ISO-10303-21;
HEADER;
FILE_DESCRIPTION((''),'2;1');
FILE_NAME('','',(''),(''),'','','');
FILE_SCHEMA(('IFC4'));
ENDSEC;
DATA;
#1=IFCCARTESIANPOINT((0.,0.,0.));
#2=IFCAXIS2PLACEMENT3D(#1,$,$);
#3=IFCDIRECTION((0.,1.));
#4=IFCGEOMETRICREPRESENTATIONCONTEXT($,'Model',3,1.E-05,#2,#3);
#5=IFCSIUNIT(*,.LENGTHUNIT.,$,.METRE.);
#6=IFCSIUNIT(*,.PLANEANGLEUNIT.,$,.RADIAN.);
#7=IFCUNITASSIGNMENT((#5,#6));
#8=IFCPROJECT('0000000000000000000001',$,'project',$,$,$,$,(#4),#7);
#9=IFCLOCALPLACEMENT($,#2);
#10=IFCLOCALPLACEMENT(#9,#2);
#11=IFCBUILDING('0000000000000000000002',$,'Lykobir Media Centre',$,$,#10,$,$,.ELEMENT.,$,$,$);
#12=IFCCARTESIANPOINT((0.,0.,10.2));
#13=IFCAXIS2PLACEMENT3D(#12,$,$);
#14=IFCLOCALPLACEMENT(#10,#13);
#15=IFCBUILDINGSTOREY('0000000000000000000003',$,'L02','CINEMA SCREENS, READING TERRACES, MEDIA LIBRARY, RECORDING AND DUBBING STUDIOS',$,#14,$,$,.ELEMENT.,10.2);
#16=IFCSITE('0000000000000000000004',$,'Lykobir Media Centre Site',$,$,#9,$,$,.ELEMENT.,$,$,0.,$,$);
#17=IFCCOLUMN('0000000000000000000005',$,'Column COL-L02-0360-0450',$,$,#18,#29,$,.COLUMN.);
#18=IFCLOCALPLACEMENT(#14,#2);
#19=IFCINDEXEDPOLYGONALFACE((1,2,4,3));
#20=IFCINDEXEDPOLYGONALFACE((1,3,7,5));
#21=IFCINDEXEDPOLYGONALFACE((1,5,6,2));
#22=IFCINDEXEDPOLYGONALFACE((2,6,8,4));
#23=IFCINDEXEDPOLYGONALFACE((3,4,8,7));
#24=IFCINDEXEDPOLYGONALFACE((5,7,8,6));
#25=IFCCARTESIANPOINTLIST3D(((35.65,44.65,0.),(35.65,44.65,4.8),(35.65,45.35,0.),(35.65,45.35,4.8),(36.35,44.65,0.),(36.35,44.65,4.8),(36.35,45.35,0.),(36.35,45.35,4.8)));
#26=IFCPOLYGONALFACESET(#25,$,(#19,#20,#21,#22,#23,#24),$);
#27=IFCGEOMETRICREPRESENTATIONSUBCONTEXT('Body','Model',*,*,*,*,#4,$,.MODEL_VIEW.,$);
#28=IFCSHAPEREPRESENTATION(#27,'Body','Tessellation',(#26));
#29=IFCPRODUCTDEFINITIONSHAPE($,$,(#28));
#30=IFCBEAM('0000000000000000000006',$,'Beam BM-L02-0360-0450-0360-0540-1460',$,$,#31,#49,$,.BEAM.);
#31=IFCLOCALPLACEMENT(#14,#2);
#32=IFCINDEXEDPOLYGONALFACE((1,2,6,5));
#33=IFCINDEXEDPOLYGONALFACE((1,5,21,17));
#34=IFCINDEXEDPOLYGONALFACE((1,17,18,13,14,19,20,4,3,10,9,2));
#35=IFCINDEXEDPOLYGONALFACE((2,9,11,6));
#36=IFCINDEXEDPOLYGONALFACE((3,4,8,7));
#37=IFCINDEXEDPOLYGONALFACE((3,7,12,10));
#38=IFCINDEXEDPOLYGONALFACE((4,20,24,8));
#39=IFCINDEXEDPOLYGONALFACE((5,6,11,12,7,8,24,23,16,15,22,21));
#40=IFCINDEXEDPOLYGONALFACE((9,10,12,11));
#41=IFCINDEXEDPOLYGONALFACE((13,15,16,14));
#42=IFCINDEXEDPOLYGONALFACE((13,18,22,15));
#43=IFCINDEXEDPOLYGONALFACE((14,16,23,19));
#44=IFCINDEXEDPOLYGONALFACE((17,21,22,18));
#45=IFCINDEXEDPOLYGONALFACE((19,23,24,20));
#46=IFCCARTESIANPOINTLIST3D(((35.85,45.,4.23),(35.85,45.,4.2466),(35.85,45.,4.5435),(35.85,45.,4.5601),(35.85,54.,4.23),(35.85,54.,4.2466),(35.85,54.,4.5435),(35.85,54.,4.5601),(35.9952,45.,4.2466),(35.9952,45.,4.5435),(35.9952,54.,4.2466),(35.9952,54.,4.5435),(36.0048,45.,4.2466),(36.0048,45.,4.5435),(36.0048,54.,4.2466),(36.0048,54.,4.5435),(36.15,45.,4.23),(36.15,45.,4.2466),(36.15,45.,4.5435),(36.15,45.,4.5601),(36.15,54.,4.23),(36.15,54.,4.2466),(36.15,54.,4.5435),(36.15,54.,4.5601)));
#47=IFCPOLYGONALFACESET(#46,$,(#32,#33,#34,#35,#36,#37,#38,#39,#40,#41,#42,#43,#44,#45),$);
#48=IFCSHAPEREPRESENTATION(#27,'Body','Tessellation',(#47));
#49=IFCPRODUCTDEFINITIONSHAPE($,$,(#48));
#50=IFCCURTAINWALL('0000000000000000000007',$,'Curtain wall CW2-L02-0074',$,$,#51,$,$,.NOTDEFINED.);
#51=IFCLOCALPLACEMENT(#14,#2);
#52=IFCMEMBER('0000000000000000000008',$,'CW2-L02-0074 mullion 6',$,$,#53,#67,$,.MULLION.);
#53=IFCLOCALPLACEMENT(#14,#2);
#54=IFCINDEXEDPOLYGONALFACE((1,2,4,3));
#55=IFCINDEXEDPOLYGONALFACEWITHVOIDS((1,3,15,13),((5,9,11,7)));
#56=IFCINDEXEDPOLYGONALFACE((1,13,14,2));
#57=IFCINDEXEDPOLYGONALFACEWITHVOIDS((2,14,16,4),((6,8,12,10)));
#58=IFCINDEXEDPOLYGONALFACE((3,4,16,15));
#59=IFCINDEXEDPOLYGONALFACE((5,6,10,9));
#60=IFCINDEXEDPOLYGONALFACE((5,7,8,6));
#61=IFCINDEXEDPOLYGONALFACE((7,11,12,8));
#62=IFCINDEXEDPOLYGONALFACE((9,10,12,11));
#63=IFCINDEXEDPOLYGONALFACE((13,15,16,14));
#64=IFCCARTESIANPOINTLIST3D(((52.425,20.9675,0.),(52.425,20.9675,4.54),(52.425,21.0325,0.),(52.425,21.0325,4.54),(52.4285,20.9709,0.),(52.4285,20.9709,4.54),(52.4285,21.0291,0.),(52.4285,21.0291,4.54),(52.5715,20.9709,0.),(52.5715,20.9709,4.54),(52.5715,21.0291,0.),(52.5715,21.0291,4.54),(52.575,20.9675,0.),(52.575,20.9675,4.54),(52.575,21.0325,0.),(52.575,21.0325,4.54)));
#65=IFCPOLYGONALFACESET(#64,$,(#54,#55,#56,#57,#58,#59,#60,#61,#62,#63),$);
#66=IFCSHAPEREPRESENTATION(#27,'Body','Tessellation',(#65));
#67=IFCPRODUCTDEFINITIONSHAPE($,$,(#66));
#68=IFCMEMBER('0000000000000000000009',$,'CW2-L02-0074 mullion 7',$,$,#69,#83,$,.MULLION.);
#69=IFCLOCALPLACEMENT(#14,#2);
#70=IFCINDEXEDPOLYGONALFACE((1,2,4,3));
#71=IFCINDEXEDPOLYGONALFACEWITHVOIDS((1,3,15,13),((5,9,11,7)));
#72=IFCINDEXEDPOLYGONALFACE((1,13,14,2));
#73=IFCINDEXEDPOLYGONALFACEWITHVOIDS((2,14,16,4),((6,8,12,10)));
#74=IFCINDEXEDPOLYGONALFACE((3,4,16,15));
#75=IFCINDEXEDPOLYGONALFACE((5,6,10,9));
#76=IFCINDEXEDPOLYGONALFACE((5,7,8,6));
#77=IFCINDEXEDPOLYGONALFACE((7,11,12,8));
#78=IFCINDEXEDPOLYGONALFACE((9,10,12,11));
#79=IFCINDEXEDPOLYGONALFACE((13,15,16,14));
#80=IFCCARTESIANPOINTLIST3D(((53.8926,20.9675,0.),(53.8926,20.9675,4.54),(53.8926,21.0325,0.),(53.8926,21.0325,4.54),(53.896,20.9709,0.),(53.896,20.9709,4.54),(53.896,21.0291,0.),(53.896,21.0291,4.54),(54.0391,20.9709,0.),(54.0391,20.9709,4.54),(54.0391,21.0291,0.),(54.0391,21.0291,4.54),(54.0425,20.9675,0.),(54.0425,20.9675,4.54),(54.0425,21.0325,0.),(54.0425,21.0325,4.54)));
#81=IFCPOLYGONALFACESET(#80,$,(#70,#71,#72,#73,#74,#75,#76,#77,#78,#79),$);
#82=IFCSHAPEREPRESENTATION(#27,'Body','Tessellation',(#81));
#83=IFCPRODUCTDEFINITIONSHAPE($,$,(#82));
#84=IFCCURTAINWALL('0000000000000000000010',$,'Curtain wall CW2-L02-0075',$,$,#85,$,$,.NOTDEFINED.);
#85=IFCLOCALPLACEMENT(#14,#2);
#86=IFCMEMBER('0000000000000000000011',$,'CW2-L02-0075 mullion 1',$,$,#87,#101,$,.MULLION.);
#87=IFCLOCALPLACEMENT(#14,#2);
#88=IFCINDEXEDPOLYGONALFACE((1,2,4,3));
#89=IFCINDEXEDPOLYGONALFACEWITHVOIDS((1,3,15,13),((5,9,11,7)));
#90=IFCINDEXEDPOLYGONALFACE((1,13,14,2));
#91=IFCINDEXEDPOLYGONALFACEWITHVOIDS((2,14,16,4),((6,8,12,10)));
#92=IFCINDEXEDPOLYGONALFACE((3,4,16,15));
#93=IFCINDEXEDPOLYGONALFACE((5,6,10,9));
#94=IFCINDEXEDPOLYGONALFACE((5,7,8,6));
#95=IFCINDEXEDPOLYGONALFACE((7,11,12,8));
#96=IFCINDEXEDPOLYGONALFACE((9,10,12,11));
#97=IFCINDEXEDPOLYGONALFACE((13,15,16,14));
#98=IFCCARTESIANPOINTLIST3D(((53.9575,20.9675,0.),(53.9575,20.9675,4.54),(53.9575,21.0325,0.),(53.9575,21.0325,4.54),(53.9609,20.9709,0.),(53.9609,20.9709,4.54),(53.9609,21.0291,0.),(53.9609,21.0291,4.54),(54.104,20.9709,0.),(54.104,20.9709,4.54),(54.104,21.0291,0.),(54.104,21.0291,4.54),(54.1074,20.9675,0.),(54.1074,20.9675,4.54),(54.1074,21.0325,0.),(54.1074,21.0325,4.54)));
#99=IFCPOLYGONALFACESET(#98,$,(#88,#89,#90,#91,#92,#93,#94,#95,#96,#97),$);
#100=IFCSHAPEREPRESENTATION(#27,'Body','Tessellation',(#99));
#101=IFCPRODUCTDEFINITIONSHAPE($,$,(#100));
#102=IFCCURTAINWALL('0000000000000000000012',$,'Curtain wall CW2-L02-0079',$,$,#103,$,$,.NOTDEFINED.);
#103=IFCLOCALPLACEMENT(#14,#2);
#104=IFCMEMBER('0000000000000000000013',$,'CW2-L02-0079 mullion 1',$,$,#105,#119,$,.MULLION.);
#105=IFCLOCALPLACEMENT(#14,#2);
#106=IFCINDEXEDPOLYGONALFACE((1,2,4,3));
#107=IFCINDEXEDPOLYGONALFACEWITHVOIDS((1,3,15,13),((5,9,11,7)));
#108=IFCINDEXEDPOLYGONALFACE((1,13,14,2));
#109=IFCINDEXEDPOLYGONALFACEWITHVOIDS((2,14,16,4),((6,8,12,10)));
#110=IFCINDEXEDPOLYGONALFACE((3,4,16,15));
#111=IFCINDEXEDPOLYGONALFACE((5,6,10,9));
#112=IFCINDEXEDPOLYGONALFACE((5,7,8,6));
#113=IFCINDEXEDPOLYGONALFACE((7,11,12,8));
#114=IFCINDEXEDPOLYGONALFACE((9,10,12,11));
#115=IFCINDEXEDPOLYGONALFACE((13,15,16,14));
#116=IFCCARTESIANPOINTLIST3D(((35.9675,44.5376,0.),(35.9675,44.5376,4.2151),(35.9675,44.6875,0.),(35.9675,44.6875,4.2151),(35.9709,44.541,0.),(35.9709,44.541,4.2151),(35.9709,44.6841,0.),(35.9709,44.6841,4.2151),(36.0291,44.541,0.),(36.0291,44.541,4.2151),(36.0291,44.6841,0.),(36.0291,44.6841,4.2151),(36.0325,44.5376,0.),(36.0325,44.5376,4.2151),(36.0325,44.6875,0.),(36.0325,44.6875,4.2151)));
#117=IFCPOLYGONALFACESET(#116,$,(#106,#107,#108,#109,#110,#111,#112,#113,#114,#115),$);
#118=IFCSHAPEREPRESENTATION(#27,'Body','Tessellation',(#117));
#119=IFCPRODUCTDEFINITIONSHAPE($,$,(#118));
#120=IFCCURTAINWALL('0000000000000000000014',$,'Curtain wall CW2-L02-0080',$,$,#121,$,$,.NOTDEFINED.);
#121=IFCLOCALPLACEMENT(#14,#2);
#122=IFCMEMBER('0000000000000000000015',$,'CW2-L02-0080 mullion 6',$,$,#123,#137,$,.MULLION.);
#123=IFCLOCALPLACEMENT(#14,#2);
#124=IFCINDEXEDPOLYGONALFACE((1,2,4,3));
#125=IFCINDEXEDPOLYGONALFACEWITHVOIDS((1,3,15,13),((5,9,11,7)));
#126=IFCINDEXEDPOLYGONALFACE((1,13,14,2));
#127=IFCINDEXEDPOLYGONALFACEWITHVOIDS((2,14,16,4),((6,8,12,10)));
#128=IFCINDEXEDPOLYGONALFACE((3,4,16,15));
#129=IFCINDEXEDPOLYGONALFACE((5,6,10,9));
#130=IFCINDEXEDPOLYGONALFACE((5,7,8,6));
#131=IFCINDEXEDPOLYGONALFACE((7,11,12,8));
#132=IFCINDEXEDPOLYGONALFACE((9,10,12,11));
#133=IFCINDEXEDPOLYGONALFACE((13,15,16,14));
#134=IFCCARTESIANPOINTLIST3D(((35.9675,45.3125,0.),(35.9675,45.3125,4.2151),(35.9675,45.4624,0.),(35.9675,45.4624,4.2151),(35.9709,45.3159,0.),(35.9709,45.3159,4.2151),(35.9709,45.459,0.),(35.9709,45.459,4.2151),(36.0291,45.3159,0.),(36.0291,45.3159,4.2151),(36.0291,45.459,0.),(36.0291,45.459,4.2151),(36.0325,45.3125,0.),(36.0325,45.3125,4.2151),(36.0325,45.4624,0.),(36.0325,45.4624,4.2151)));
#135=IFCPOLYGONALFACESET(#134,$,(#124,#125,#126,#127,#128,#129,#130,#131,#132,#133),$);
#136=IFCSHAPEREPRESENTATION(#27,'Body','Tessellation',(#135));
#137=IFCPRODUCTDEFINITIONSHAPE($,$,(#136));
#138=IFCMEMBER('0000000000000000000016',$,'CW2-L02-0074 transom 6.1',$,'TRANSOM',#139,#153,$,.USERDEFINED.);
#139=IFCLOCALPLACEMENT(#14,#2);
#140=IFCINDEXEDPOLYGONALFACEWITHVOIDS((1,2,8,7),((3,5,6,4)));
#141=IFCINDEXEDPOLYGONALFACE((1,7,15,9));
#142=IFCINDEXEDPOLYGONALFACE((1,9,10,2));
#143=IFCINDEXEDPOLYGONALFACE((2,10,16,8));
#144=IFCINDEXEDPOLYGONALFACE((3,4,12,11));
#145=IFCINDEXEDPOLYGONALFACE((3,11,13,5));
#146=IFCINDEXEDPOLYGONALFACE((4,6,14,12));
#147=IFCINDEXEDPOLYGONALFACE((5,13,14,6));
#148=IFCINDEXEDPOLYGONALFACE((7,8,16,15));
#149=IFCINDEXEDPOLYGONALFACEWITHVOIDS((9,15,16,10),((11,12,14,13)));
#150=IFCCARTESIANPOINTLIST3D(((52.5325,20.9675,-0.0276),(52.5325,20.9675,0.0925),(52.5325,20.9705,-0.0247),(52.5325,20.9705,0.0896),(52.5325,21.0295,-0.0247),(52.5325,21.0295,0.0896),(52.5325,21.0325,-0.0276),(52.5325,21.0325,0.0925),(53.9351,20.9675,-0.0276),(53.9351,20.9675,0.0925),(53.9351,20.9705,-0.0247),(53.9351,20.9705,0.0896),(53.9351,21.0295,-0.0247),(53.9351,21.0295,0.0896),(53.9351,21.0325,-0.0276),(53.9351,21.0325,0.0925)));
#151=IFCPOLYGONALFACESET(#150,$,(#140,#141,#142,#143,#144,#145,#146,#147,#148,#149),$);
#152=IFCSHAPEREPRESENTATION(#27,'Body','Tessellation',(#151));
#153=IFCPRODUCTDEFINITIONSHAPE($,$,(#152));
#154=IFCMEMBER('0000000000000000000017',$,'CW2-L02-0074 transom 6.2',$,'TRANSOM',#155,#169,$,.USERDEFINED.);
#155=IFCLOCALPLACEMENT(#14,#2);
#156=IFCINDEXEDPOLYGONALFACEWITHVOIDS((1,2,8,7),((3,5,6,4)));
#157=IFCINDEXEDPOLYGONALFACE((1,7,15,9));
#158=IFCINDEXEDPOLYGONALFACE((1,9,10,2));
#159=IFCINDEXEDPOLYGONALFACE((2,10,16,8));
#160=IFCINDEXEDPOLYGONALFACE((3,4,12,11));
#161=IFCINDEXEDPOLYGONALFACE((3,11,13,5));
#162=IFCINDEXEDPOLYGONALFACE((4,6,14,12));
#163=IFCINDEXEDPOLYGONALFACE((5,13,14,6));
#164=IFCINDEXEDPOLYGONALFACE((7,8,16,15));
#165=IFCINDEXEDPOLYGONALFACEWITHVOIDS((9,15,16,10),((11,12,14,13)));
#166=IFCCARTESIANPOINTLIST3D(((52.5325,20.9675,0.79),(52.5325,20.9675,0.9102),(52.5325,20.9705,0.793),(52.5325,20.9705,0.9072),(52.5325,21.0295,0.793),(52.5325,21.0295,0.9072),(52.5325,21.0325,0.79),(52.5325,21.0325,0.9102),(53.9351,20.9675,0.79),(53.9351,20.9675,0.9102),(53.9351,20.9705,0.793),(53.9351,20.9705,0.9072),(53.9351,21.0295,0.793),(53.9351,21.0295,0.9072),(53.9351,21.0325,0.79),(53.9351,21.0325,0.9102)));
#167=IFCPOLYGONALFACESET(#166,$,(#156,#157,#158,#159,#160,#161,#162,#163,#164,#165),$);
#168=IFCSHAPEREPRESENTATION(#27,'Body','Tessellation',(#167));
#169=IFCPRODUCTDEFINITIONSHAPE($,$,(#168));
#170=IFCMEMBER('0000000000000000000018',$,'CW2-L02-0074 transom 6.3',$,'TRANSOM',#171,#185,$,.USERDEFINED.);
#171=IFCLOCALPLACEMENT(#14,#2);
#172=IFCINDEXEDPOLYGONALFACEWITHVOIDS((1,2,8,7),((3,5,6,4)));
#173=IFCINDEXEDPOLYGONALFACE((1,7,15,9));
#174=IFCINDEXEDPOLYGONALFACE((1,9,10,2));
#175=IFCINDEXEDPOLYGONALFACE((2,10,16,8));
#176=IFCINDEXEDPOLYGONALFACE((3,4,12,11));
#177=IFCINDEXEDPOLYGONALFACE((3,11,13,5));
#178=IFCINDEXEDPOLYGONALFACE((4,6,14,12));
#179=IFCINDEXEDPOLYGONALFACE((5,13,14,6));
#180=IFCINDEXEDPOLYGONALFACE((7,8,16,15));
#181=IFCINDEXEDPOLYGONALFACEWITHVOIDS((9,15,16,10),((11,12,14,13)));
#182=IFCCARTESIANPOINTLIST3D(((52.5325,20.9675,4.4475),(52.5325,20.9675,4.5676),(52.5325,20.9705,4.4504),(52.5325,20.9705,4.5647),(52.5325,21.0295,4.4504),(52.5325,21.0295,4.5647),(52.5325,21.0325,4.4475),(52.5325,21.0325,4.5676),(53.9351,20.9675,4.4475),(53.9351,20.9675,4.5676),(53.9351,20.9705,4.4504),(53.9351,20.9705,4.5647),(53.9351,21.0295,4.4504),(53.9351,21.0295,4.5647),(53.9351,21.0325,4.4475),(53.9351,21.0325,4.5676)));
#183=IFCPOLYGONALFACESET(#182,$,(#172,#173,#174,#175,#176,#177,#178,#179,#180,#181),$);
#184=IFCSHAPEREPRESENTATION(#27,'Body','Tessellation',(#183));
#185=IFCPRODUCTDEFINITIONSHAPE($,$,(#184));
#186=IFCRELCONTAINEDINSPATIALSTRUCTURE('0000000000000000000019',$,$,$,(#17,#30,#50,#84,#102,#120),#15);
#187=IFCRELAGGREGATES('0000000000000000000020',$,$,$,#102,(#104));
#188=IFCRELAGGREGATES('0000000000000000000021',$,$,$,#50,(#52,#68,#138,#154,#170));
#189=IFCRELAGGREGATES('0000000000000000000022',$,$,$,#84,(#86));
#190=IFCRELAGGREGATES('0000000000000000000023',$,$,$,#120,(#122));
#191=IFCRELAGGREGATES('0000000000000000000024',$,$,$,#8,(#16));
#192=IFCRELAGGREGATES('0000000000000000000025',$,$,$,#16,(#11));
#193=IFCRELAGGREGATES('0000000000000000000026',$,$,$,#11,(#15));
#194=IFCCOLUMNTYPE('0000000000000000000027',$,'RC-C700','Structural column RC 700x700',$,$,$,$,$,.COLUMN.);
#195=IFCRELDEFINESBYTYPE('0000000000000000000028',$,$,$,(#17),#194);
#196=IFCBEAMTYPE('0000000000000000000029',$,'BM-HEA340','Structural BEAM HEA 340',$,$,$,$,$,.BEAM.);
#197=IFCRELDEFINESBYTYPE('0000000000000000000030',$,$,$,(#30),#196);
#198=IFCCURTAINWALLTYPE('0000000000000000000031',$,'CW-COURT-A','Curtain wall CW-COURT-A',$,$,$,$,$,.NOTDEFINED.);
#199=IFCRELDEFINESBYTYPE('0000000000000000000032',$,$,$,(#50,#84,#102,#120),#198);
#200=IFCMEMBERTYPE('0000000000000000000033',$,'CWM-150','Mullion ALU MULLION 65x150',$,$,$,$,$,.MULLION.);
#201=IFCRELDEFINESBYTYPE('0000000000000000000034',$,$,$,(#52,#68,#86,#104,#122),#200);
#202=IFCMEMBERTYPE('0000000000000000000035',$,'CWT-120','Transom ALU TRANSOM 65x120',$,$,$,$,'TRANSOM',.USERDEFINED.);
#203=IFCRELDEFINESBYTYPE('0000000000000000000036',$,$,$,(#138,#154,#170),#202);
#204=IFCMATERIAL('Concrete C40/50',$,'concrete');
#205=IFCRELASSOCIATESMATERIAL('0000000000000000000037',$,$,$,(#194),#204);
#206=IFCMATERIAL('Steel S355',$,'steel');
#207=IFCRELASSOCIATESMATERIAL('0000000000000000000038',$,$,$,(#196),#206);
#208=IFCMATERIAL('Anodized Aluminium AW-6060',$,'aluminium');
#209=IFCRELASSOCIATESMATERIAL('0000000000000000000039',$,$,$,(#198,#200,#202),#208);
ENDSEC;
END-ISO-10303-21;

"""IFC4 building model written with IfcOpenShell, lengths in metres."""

from ifc_helpers import new_model, si_unit, direction, frame, origin, origin_2d, place, context, subcontext, project, spatial, rectangle, hollow_rectangle, i_section, extrude, material, material_profile, profile_set, type_object, element, aggregate, save


model = new_model("IFC4")

# Units and contexts
model_context = context("Model", 3, precision=1e-05, world=origin(), true_north=direction((0.0, 1.0)))
body_context = subcontext(model_context, "Body", "Model", "MODEL_VIEW")
ifc_project = project(units=[si_unit("LENGTHUNIT", "METRE"), si_unit("PLANEANGLEUNIT", "RADIAN")], contexts=[model_context])

# Site, building, storey
site_placement = place(None, origin())
site = spatial("IfcSite", under=ifc_project, at=site_placement, Name="Lykobir Media Centre Site", CompositionType="ELEMENT", RefElevation=0.0)
building_placement = place(site_placement, origin())
building = spatial("IfcBuilding", under=site, at=building_placement, Name="Lykobir Media Centre", CompositionType="ELEMENT")
storey_placement = place(building_placement, frame((0.0, 0.0, 10.2)))
storey = spatial("IfcBuildingStorey", under=building, at=storey_placement, Name="L02", Description="CINEMA SCREENS, READING TERRACES, MEDIA LIBRARY, RECORDING AND DUBBING STUDIOS", CompositionType="ELEMENT", Elevation=10.2)

# Column
ifc_material_1 = material(Name="Concrete C40/50", Category="concrete")
ifc_material_profile_1 = material_profile(ifc_material_1, rectangle(XDim=0.7, YDim=0.7, at=origin_2d()), Name="RC 700x700")
ifc_profile_set_1 = profile_set([ifc_material_profile_1], Name="Concrete C40/50")
column_type = type_object("IfcColumnType", Name="RC-C700", Description="Structural column RC 700x700", PredefinedType="COLUMN", material=ifc_profile_set_1)
column_placement = place(storey_placement, frame((36.0, 45.0, 0.0), z_axis=(0.0, 0.0, 1.0), x_axis=(1.0, 0.0, 0.0)))
element("IfcColumn", 1, at=column_placement, inside=storey, type_object=column_type, Name="Column COL-L02-0360-0450", PredefinedType="COLUMN", context=body_context, shape_type="SweptSolid", body=[
    extrude(rectangle(XDim=0.7, YDim=0.7, at=origin_2d()), origin(), (0.0, 0.0, 1.0), 4.8),
])

# Beam
ifc_material_2 = material(Name="Steel S355", Category="steel")
ifc_material_profile_2 = material_profile(ifc_material_2, i_section(OverallWidth=0.3, OverallDepth=0.3301, WebThickness=0.0095, FlangeThickness=0.0166, at=origin_2d()), Name="HEA 340")
ifc_profile_set_2 = profile_set([ifc_material_profile_2], Name="Steel S355")
beam_type = type_object("IfcBeamType", Name="BM-HEA340", Description="Structural BEAM HEA 340", PredefinedType="BEAM", material=ifc_profile_set_2)
beam_placement = place(storey_placement, frame((36.0, 45.0, 4.395), z_axis=(0.0, 1.0, 0.0), x_axis=(-1.0, 0.0, 0.0)))
element("IfcBeam", 2, at=beam_placement, inside=storey, type_object=beam_type, Name="Beam BM-L02-0360-0450-0360-0540-1460", PredefinedType="BEAM", context=body_context, shape_type="SweptSolid", body=[
    extrude(i_section(OverallWidth=0.3, OverallDepth=0.3301, WebThickness=0.0095, FlangeThickness=0.0166, at=origin_2d()), origin(), (0.0, 0.0, 1.0), 9.0),
])

# Curtain wall, members
ifc_material_3 = material(Name="Anodized Aluminium AW-6060", Category="aluminium")
curtain_wall_type = type_object("IfcCurtainWallType", Name="CW-COURT-A", Description="Curtain wall CW-COURT-A", PredefinedType="NOTDEFINED", material=ifc_material_3)
curtain_wall_1_placement = place(storey_placement, origin())
curtain_wall_1 = element("IfcCurtainWall", 3, at=curtain_wall_1_placement, inside=storey, type_object=curtain_wall_type, Name="Curtain wall CW2-L02-0074", PredefinedType="NOTDEFINED")
ifc_material_profile_3 = material_profile(ifc_material_3, hollow_rectangle(XDim=0.0649, YDim=0.1499, WallThickness=0.0034, at=origin_2d()), Name="ALU MULLION 65x150")
ifc_profile_set_3 = profile_set([ifc_material_profile_3], Name="Anodized Aluminium AW-6060")
member_type_1 = type_object("IfcMemberType", Name="CWM-150", Description="Mullion ALU MULLION 65x150", PredefinedType="MULLION", material=ifc_profile_set_3)
member_1_placement = place(storey_placement, frame((52.5, 21.0, 0.0), z_axis=(0.0, 0.0, 1.0), x_axis=(0.0, 1.0, 0.0)))
member_1 = element("IfcMember", 4, at=member_1_placement, type_object=member_type_1, Name="CW2-L02-0074 mullion 6", PredefinedType="MULLION", context=body_context, shape_type="SweptSolid", body=[
    extrude(hollow_rectangle(XDim=0.0649, YDim=0.1499, WallThickness=0.0034, at=origin_2d()), origin(), (0.0, 0.0, 1.0), 4.54),
])
member_2_placement = place(storey_placement, frame((53.9675, 21.0, 0.0), z_axis=(0.0, 0.0, 1.0), x_axis=(0.0, 1.0, 0.0)))
member_2 = element("IfcMember", 5, at=member_2_placement, type_object=member_type_1, Name="CW2-L02-0074 mullion 7", PredefinedType="MULLION", context=body_context, shape_type="SweptSolid", body=[
    extrude(hollow_rectangle(XDim=0.0649, YDim=0.1499, WallThickness=0.0034, at=origin_2d()), origin(), (0.0, 0.0, 1.0), 4.54),
])

# Curtain walls, members
curtain_wall_2_placement = place(storey_placement, origin())
curtain_wall_2 = element("IfcCurtainWall", 6, at=curtain_wall_2_placement, inside=storey, type_object=curtain_wall_type, Name="Curtain wall CW2-L02-0075", PredefinedType="NOTDEFINED")
member_3_placement = place(storey_placement, frame((54.0325, 21.0, 0.0), z_axis=(0.0, 0.0, 1.0), x_axis=(0.0, 1.0, 0.0)))
member_3 = element("IfcMember", 7, at=member_3_placement, type_object=member_type_1, Name="CW2-L02-0075 mullion 1", PredefinedType="MULLION", context=body_context, shape_type="SweptSolid", body=[
    extrude(hollow_rectangle(XDim=0.0649, YDim=0.1499, WallThickness=0.0034, at=origin_2d()), origin(), (0.0, 0.0, 1.0), 4.54),
])
curtain_wall_3_placement = place(storey_placement, origin())
curtain_wall_3 = element("IfcCurtainWall", 8, at=curtain_wall_3_placement, inside=storey, type_object=curtain_wall_type, Name="Curtain wall CW2-L02-0079", PredefinedType="NOTDEFINED")
member_4_placement = place(storey_placement, frame((36.0, 44.6125, 0.0), z_axis=(0.0, 0.0, 1.0), x_axis=(1.0, 0.0, 0.0)))
member_4 = element("IfcMember", 9, at=member_4_placement, type_object=member_type_1, Name="CW2-L02-0079 mullion 1", PredefinedType="MULLION", context=body_context, shape_type="SweptSolid", body=[
    extrude(hollow_rectangle(XDim=0.0649, YDim=0.1499, WallThickness=0.0034, at=origin_2d()), origin(), (0.0, 0.0, 1.0), 4.2151),
])
curtain_wall_4_placement = place(storey_placement, origin())
curtain_wall_4 = element("IfcCurtainWall", 10, at=curtain_wall_4_placement, inside=storey, type_object=curtain_wall_type, Name="Curtain wall CW2-L02-0080", PredefinedType="NOTDEFINED")
member_5_placement = place(storey_placement, frame((36.0, 45.3875, 0.0), z_axis=(0.0, 0.0, 1.0), x_axis=(1.0, 0.0, 0.0)))
member_5 = element("IfcMember", 11, at=member_5_placement, type_object=member_type_1, Name="CW2-L02-0080 mullion 6", PredefinedType="MULLION", context=body_context, shape_type="SweptSolid", body=[
    extrude(hollow_rectangle(XDim=0.0649, YDim=0.1499, WallThickness=0.0034, at=origin_2d()), origin(), (0.0, 0.0, 1.0), 4.2151),
])

# Members
ifc_material_profile_4 = material_profile(ifc_material_3, hollow_rectangle(XDim=0.0649, YDim=0.1201, WallThickness=0.0029, at=origin_2d()), Name="ALU TRANSOM 65x120")
ifc_profile_set_4 = profile_set([ifc_material_profile_4], Name="Anodized Aluminium AW-6060")
member_type_2 = type_object("IfcMemberType", Name="CWT-120", Description="Transom ALU TRANSOM 65x120", ElementType="TRANSOM", PredefinedType="USERDEFINED", material=ifc_profile_set_4)
member_6_placement = place(storey_placement, frame((52.5325, 21.0, 0.0325), z_axis=(1.0, 0.0, 0.0), x_axis=(0.0, 1.0, 0.0)))
member_6 = element("IfcMember", 12, at=member_6_placement, type_object=member_type_2, Name="CW2-L02-0074 transom 6.1", ObjectType="TRANSOM", PredefinedType="USERDEFINED", context=body_context, shape_type="SweptSolid", body=[
    extrude(hollow_rectangle(XDim=0.0649, YDim=0.1201, WallThickness=0.0029, at=origin_2d()), origin(), (0.0, 0.0, 1.0), 1.4026),
])
member_7_placement = place(storey_placement, frame((52.5325, 21.0, 0.8501), z_axis=(1.0, 0.0, 0.0), x_axis=(0.0, 1.0, 0.0)))
member_7 = element("IfcMember", 13, at=member_7_placement, type_object=member_type_2, Name="CW2-L02-0074 transom 6.2", ObjectType="TRANSOM", PredefinedType="USERDEFINED", context=body_context, shape_type="SweptSolid", body=[
    extrude(hollow_rectangle(XDim=0.0649, YDim=0.1201, WallThickness=0.0029, at=origin_2d()), origin(), (0.0, 0.0, 1.0), 1.4026),
])
member_8_placement = place(storey_placement, frame((52.5325, 21.0, 4.5076), z_axis=(1.0, 0.0, 0.0), x_axis=(0.0, 1.0, 0.0)))
member_8 = element("IfcMember", 14, at=member_8_placement, type_object=member_type_2, Name="CW2-L02-0074 transom 6.3", ObjectType="TRANSOM", PredefinedType="USERDEFINED", context=body_context, shape_type="SweptSolid", body=[
    extrude(hollow_rectangle(XDim=0.0649, YDim=0.1201, WallThickness=0.0029, at=origin_2d()), origin(), (0.0, 0.0, 1.0), 1.4026),
])

aggregate(curtain_wall_3, [member_4])
aggregate(curtain_wall_1, [member_1, member_2, member_6, member_7, member_8])
aggregate(curtain_wall_2, [member_3])
aggregate(curtain_wall_4, [member_5])

save(model, "model.ifc")
